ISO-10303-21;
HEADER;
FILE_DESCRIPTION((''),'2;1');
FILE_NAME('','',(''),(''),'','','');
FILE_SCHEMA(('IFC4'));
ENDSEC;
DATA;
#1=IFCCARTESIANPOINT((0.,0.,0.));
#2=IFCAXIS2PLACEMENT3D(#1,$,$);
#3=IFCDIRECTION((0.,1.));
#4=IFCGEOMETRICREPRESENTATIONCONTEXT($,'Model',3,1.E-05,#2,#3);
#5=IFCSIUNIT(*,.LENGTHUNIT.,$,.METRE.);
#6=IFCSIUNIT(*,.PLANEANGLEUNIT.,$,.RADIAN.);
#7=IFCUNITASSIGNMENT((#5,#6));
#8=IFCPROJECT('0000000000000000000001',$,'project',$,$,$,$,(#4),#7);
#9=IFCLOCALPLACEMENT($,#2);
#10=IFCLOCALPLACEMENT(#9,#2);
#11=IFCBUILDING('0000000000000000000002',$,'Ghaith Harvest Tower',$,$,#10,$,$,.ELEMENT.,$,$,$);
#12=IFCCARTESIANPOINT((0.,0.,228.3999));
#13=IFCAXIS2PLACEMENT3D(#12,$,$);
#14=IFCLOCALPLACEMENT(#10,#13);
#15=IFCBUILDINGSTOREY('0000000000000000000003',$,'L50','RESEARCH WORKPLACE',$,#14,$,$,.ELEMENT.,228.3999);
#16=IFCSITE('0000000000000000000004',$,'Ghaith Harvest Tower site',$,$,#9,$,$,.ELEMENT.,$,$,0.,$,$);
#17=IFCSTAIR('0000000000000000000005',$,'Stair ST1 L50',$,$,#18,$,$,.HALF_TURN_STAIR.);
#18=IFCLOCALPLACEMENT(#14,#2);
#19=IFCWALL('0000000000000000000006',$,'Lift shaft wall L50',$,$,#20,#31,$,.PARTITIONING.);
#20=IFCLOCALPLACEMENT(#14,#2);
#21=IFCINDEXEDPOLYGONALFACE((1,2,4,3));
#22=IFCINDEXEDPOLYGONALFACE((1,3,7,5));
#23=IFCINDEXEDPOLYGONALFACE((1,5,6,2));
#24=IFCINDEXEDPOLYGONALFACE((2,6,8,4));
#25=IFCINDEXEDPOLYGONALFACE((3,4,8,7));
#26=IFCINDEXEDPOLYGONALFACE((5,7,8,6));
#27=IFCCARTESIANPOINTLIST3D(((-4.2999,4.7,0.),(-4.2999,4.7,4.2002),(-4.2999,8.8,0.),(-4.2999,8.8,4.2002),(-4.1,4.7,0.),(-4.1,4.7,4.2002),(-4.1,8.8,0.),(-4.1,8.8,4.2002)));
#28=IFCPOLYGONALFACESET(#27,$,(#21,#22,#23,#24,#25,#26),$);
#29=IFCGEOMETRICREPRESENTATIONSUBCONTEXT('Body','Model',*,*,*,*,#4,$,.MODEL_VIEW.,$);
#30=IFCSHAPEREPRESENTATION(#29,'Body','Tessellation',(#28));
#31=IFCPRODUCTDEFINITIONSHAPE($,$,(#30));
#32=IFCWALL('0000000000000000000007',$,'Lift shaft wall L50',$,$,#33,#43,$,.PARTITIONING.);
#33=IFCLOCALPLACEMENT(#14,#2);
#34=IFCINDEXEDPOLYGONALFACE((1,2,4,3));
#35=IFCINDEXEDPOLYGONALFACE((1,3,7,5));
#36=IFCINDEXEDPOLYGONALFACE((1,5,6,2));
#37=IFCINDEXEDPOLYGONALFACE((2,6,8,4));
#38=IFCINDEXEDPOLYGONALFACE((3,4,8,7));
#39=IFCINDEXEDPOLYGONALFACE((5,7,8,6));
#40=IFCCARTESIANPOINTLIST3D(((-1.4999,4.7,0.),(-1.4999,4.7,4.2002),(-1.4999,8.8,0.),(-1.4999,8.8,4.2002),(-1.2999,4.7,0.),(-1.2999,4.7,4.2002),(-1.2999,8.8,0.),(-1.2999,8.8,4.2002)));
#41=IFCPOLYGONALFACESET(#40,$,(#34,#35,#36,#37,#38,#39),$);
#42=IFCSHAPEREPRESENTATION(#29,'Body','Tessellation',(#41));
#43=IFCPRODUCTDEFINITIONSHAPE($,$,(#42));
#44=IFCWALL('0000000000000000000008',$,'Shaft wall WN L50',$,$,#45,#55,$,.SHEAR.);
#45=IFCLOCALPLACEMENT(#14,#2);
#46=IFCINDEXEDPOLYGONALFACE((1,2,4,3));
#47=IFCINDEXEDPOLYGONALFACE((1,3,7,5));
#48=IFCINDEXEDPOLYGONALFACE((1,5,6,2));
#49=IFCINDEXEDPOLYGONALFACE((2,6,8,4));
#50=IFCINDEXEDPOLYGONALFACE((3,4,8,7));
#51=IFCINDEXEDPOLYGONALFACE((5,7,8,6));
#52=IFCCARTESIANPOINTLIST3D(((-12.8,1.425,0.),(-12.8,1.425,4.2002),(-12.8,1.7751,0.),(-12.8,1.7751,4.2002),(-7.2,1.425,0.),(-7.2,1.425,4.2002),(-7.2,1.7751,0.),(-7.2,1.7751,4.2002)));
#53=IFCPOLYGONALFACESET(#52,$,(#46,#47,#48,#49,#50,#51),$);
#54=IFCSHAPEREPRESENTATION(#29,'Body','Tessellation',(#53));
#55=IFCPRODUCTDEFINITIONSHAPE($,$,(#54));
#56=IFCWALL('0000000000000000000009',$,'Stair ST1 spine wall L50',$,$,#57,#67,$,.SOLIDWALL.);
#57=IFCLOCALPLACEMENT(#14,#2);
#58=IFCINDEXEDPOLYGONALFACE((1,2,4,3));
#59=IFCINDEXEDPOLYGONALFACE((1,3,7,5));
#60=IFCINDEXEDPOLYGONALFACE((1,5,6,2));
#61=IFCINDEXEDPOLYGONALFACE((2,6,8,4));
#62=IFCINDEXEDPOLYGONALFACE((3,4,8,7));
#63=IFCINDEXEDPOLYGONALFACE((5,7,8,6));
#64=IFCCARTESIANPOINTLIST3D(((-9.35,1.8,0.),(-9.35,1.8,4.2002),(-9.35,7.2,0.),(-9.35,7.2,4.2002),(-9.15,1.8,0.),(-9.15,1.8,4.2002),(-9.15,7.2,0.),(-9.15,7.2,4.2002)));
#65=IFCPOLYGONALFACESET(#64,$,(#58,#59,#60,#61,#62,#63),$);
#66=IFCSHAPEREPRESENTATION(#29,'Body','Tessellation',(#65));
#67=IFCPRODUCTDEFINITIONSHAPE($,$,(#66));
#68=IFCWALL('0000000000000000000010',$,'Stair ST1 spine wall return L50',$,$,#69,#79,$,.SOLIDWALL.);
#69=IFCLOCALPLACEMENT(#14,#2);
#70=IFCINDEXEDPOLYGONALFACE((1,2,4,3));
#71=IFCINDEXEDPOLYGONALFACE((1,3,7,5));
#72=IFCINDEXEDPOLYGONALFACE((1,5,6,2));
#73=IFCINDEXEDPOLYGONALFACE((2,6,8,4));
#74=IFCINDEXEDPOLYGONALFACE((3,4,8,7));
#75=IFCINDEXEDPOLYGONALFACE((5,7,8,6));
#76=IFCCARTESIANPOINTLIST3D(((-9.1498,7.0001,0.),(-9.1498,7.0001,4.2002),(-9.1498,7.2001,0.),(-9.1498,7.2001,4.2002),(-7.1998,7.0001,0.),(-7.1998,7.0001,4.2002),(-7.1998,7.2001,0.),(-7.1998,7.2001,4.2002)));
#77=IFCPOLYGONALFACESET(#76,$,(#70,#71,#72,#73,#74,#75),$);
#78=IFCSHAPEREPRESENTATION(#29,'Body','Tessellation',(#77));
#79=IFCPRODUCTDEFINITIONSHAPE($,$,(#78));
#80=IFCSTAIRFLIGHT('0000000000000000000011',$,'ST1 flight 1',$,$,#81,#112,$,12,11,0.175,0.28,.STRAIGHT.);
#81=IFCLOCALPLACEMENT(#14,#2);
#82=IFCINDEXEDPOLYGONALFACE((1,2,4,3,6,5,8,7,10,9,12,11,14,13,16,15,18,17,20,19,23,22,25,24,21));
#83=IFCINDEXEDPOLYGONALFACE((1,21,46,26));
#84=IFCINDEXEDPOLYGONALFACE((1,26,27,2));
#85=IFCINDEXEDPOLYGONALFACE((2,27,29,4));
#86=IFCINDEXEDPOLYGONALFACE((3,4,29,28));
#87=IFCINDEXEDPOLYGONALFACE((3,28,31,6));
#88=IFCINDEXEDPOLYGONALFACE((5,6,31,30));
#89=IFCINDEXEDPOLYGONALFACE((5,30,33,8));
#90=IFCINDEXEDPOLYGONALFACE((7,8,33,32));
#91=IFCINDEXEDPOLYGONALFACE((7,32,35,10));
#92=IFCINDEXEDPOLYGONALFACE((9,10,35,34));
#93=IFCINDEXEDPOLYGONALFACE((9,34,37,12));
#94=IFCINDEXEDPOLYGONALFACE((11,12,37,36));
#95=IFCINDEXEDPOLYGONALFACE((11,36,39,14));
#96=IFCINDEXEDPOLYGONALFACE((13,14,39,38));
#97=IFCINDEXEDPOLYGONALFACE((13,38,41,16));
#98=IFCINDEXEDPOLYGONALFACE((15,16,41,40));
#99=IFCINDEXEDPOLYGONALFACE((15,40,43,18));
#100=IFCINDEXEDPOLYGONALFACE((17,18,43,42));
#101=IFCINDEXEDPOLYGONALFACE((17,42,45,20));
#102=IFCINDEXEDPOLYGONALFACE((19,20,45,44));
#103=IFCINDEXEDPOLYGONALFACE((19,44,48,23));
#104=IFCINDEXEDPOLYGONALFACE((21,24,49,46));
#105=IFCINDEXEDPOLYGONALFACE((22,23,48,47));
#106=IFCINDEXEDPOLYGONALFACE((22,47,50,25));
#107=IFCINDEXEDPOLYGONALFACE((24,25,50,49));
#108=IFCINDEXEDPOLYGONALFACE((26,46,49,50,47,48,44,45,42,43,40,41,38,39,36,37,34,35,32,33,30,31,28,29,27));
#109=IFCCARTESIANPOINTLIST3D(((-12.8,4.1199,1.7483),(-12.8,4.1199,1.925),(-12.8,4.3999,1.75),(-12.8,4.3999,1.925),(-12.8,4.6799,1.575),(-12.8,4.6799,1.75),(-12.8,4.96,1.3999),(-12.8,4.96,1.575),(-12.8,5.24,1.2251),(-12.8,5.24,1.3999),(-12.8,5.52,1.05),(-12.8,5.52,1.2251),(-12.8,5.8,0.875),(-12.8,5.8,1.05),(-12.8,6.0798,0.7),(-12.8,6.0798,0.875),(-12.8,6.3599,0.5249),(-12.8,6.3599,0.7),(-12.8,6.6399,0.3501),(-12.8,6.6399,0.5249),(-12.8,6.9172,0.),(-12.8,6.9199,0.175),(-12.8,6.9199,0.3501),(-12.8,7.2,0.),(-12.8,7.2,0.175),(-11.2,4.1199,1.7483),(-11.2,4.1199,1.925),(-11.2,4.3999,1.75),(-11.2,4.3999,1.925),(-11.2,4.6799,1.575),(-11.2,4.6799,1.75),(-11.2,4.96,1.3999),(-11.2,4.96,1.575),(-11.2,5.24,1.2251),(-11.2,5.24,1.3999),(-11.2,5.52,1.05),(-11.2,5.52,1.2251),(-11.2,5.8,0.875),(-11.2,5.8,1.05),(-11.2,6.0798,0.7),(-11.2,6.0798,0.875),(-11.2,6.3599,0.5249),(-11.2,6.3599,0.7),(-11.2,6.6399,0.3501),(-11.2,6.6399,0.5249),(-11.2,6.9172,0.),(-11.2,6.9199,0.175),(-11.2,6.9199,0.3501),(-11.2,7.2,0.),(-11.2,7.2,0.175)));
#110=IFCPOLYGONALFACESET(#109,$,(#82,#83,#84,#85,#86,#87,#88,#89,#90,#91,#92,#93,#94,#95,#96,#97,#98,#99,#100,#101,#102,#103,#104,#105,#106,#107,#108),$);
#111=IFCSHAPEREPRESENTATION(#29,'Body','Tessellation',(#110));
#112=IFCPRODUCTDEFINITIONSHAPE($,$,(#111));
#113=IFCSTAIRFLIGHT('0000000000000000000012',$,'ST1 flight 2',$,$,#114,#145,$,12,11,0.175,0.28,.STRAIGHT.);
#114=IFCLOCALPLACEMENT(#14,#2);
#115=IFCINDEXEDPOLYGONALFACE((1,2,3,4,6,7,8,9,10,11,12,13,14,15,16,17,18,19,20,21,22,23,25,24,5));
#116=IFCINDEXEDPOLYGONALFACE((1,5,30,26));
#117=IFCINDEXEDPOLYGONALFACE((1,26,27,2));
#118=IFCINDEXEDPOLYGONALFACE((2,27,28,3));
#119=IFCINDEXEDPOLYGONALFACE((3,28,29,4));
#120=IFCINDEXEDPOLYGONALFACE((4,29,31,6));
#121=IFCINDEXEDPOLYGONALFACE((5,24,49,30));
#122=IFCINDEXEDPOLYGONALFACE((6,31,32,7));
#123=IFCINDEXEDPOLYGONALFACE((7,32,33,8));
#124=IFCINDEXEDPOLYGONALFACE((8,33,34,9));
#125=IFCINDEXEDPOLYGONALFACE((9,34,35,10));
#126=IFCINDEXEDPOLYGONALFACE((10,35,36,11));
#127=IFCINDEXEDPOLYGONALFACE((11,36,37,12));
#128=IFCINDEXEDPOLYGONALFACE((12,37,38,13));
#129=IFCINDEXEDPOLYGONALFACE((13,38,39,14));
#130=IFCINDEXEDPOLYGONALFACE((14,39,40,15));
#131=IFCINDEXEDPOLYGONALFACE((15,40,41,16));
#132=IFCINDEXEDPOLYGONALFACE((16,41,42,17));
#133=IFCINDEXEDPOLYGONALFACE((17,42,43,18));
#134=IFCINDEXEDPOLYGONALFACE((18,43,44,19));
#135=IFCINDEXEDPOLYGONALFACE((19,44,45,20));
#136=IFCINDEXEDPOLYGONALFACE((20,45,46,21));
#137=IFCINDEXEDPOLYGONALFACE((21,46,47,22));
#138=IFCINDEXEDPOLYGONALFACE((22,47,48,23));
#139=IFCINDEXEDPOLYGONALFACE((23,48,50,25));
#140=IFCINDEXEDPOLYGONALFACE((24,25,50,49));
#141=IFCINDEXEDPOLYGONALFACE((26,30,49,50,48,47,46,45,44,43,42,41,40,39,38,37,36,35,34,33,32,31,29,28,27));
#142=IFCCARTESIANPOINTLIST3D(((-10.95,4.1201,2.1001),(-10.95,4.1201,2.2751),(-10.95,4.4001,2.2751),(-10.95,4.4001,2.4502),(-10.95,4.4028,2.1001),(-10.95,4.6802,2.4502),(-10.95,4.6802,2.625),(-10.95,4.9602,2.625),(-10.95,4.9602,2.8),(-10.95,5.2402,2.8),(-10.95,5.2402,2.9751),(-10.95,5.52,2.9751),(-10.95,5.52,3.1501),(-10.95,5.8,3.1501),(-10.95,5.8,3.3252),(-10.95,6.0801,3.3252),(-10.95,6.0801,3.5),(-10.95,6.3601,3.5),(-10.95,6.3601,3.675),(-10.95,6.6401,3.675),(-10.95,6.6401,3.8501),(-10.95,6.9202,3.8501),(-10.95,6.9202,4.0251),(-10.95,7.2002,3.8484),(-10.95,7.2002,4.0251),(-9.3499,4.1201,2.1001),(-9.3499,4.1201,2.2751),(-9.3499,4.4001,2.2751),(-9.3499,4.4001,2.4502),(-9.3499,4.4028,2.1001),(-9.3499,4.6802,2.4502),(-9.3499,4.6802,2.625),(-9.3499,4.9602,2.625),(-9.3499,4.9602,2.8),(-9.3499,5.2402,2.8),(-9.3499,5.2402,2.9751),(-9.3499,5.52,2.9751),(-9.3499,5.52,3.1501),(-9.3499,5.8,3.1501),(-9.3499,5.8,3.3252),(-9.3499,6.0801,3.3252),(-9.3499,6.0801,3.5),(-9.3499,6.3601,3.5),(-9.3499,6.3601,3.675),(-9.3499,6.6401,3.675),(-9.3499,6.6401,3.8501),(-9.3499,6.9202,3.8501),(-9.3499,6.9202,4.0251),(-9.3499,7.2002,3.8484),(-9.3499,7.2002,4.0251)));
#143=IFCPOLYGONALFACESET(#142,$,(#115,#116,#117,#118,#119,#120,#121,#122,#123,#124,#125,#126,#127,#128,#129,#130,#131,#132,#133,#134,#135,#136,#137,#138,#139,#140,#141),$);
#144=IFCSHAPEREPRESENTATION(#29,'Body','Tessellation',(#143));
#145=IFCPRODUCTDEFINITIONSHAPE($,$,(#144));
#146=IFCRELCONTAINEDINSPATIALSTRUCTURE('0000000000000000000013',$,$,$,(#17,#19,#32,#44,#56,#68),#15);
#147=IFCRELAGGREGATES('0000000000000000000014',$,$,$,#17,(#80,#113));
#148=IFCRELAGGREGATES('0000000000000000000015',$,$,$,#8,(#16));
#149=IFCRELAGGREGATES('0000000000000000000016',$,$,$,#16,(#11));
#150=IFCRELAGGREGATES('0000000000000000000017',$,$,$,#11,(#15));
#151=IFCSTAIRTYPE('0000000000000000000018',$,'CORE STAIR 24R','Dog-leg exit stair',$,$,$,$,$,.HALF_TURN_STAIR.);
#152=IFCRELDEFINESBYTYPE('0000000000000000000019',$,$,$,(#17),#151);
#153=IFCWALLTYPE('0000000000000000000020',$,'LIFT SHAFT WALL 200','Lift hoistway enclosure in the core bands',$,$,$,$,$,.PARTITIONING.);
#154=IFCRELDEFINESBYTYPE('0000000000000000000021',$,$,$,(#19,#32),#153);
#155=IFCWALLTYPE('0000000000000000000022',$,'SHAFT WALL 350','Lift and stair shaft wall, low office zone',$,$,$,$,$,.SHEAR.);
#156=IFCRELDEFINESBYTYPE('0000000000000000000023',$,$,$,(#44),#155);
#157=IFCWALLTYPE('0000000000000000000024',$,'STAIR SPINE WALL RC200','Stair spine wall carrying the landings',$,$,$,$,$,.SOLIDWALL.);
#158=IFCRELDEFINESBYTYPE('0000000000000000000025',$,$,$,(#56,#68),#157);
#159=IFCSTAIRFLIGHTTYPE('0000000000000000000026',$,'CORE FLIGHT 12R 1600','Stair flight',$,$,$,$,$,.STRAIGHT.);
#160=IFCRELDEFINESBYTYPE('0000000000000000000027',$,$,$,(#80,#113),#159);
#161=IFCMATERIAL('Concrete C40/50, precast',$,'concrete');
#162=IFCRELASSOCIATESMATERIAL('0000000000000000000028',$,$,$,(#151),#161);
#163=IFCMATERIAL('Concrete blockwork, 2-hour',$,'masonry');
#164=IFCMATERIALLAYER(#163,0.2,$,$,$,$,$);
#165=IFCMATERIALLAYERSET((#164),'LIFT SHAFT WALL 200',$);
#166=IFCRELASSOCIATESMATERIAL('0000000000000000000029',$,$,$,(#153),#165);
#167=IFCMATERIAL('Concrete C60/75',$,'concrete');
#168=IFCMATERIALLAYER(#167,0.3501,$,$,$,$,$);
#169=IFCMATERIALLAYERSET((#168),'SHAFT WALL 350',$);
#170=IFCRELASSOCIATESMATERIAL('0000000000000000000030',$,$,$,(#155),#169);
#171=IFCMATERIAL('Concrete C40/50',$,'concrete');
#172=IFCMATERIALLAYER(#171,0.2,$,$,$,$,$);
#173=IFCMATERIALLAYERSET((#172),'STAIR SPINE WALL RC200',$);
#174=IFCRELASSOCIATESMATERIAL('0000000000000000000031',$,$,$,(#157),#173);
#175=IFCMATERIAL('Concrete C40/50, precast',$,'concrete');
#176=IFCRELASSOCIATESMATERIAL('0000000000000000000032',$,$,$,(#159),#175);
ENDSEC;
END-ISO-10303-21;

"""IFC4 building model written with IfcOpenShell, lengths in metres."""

from ifc_helpers import new_model, si_unit, direction, frame, frame_2d, origin, place, context, subcontext, project, spatial, polyline, rectangle, outline, extrude, material, layer, layer_set, type_object, element, aggregate, save


model = new_model("IFC4")

# Units and contexts
model_context = context("Model", 3, precision=1e-05, world=origin(), true_north=direction((0.0, 1.0)))
body_context = subcontext(model_context, "Body", "Model", "MODEL_VIEW")
ifc_project = project(units=[si_unit("LENGTHUNIT", "METRE"), si_unit("PLANEANGLEUNIT", "RADIAN")], contexts=[model_context])

# Site, building, storey
site_placement = place(None, origin())
site = spatial("IfcSite", under=ifc_project, at=site_placement, Name="Ghaith Harvest Tower site", CompositionType="ELEMENT", RefElevation=0.0)
building_placement = place(site_placement, origin())
building = spatial("IfcBuilding", under=site, at=building_placement, Name="Ghaith Harvest Tower", CompositionType="ELEMENT")
storey_placement = place(building_placement, frame((0.0, 0.0, 228.3999)))
storey = spatial("IfcBuildingStorey", under=building, at=storey_placement, Name="L50", Description="RESEARCH WORKPLACE", CompositionType="ELEMENT", Elevation=228.3999)

# Stair
ifc_material_1 = material(Name="Concrete C40/50, precast", Category="concrete")
stair_type = type_object("IfcStairType", Name="CORE STAIR 24R", Description="Dog-leg exit stair", PredefinedType="HALF_TURN_STAIR", material=ifc_material_1)
stair_1_placement = place(storey_placement, origin())
stair_1 = element("IfcStair", 1, at=stair_1_placement, inside=storey, type_object=stair_type, Name="Stair ST1 L50", PredefinedType="HALF_TURN_STAIR")

# Walls
ifc_material_2 = material(Name="Concrete blockwork, 2-hour", Category="masonry")
ifc_layer_1 = layer(ifc_material_2, 0.2)
ifc_layer_set_1 = layer_set([ifc_layer_1], Name="LIFT SHAFT WALL 200")
wall_type_1 = type_object("IfcWallType", Name="LIFT SHAFT WALL 200", Description="Lift hoistway enclosure in the core bands", PredefinedType="PARTITIONING", material=ifc_layer_set_1)
for number, where, z_axis, x_axis, name in (
    (2, (-4.2, 4.7, 0.0), (0.0, 0.0, 1.0), (0.0, 1.0, 0.0), "Lift shaft wall L50"),
    (3, (-1.3999, 4.7, 0.0), (0.0, 0.0, 1.0), (0.0, 1.0, 0.0), "Lift shaft wall L50"),
):
    element("IfcWall", number, at=place(storey_placement, frame(where, z_axis=z_axis, x_axis=x_axis)), inside=storey, type_object=wall_type_1, Name=name, PredefinedType="PARTITIONING", context=body_context, shape_type="SweptSolid", body=[
        extrude(rectangle(XDim=4.1001, YDim=0.2, at=frame_2d((2.05, 0.0))), origin(), (0.0, 0.0, 1.0), 4.2002),
    ])

# Shared definitions
ifc_material_3 = material(Name="Concrete C60/75", Category="concrete")
ifc_layer_2 = layer(ifc_material_3, 0.3501)
ifc_layer_set_2 = layer_set([ifc_layer_2], Name="SHAFT WALL 350")
wall_type_2 = type_object("IfcWallType", Name="SHAFT WALL 350", Description="Lift and stair shaft wall, low office zone", PredefinedType="SHEAR", material=ifc_layer_set_2)

# Walls
wall_1_placement = place(storey_placement, frame((-12.8, 1.6001, 0.0), z_axis=(0.0, 0.0, 1.0), x_axis=(1.0, 0.0, 0.0)))
element("IfcWall", 4, at=wall_1_placement, inside=storey, type_object=wall_type_2, Name="Shaft wall WN L50", PredefinedType="SHEAR", context=body_context, shape_type="SweptSolid", body=[
    extrude(rectangle(XDim=5.6001, YDim=0.3501, at=frame_2d((2.8, 0.0))), origin(), (0.0, 0.0, 1.0), 4.2002),
])
ifc_material_4 = material(Name="Concrete C40/50", Category="concrete")
ifc_layer_3 = layer(ifc_material_4, 0.2)
ifc_layer_set_3 = layer_set([ifc_layer_3], Name="STAIR SPINE WALL RC200")
wall_type_3 = type_object("IfcWallType", Name="STAIR SPINE WALL RC200", Description="Stair spine wall carrying the landings", PredefinedType="SOLIDWALL", material=ifc_layer_set_3)
wall_2_placement = place(storey_placement, frame((-9.25, 7.2, 0.0), z_axis=(0.0, 0.0, 1.0), x_axis=(0.0, -1.0, 0.0)))
element("IfcWall", 5, at=wall_2_placement, inside=storey, type_object=wall_type_3, Name="Stair ST1 spine wall L50", PredefinedType="SOLIDWALL", context=body_context, shape_type="SweptSolid", body=[
    extrude(rectangle(XDim=5.3999, YDim=0.2, at=frame_2d((2.7, 0.0))), origin(), (0.0, 0.0, 1.0), 4.2002),
])
wall_3_placement = place(storey_placement, frame((-9.1499, 7.1001, 0.0), z_axis=(0.0, 0.0, 1.0), x_axis=(1.0, 0.0, 0.0)))
element("IfcWall", 6, at=wall_3_placement, inside=storey, type_object=wall_type_3, Name="Stair ST1 spine wall return L50", PredefinedType="SOLIDWALL", context=body_context, shape_type="SweptSolid", body=[
    extrude(rectangle(XDim=1.95, YDim=0.2, at=frame_2d((0.9751, 0.0))), origin(), (0.0, 0.0, 1.0), 4.2002),
])

# Stair flights
ifc_material_5 = material(Name="Concrete C40/50, precast", Category="concrete")
stair_flight_type = type_object("IfcStairFlightType", Name="CORE FLIGHT 12R 1600", Description="Stair flight", PredefinedType="STRAIGHT", material=ifc_material_5)
stair_flight_1_placement = place(storey_placement, frame((-12.0, 7.2, 0.0), z_axis=(0.0, 0.0, 1.0), x_axis=(0.0, -1.0, 0.0)))
stair_flight_1 = element("IfcStairFlight", 7, at=stair_flight_1_placement, type_object=stair_flight_type, Name="ST1 flight 1", NumberOfRisers=12, NumberOfTreads=11, PredefinedType="STRAIGHT", RiserHeight=0.175, TreadLength=0.28, context=body_context, shape_type="SweptSolid", body=[
    extrude(outline(polyline([(0.0, 0.0), (0.0, 0.175), (0.28, 0.175), (0.28, 0.3501), (0.5601, 0.3501), (0.5601, 0.5249), (0.8401, 0.5249), (0.8401, 0.7), (1.1201, 0.7), (1.1201, 0.875), (1.3999, 0.875), (1.3999, 1.05), (1.6799, 1.05), (1.6799, 1.2251), (1.96, 1.2251), (1.96, 1.3999), (2.24, 1.3999), (2.24, 1.575), (2.52, 1.575), (2.52, 1.75), (2.8, 1.75), (2.8, 1.925), (3.0801, 1.925), (3.0801, 2.1001), (3.0801, 1.7483), (0.2827, 0.0), (0.0, 0.0)])), frame((0.0, 0.8, 0.0), z_axis=(0.0, -1.0, 0.0), x_axis=(1.0, 0.0, 0.0)), (0.0, 0.0, 1.0), 1.6001),
])
stair_flight_2_placement = place(storey_placement, frame((-10.1499, 4.1201, 2.1001), z_axis=(0.0, 0.0, 1.0), x_axis=(0.0, 1.0, 0.0)))
stair_flight_2 = element("IfcStairFlight", 8, at=stair_flight_2_placement, type_object=stair_flight_type, Name="ST1 flight 2", NumberOfRisers=12, NumberOfTreads=11, PredefinedType="STRAIGHT", RiserHeight=0.175, TreadLength=0.28, context=body_context, shape_type="SweptSolid", body=[
    extrude(outline(polyline([(0.0, 0.0), (0.0, 0.175), (0.28, 0.175), (0.28, 0.3501), (0.5601, 0.3501), (0.5601, 0.5249), (0.8401, 0.5249), (0.8401, 0.7), (1.1201, 0.7), (1.1201, 0.875), (1.3999, 0.875), (1.3999, 1.05), (1.6799, 1.05), (1.6799, 1.2251), (1.96, 1.2251), (1.96, 1.3999), (2.24, 1.3999), (2.24, 1.575), (2.52, 1.575), (2.52, 1.75), (2.8, 1.75), (2.8, 1.925), (3.0801, 1.925), (3.0801, 2.1001), (3.0801, 1.7483), (0.2827, 0.0), (0.0, 0.0)])), frame((0.0, 0.8, 0.0), z_axis=(0.0, -1.0, 0.0), x_axis=(1.0, 0.0, 0.0)), (0.0, 0.0, 1.0), 1.6001),
])
aggregate(stair_1, [stair_flight_1, stair_flight_2])

save(model, "model.ifc")
